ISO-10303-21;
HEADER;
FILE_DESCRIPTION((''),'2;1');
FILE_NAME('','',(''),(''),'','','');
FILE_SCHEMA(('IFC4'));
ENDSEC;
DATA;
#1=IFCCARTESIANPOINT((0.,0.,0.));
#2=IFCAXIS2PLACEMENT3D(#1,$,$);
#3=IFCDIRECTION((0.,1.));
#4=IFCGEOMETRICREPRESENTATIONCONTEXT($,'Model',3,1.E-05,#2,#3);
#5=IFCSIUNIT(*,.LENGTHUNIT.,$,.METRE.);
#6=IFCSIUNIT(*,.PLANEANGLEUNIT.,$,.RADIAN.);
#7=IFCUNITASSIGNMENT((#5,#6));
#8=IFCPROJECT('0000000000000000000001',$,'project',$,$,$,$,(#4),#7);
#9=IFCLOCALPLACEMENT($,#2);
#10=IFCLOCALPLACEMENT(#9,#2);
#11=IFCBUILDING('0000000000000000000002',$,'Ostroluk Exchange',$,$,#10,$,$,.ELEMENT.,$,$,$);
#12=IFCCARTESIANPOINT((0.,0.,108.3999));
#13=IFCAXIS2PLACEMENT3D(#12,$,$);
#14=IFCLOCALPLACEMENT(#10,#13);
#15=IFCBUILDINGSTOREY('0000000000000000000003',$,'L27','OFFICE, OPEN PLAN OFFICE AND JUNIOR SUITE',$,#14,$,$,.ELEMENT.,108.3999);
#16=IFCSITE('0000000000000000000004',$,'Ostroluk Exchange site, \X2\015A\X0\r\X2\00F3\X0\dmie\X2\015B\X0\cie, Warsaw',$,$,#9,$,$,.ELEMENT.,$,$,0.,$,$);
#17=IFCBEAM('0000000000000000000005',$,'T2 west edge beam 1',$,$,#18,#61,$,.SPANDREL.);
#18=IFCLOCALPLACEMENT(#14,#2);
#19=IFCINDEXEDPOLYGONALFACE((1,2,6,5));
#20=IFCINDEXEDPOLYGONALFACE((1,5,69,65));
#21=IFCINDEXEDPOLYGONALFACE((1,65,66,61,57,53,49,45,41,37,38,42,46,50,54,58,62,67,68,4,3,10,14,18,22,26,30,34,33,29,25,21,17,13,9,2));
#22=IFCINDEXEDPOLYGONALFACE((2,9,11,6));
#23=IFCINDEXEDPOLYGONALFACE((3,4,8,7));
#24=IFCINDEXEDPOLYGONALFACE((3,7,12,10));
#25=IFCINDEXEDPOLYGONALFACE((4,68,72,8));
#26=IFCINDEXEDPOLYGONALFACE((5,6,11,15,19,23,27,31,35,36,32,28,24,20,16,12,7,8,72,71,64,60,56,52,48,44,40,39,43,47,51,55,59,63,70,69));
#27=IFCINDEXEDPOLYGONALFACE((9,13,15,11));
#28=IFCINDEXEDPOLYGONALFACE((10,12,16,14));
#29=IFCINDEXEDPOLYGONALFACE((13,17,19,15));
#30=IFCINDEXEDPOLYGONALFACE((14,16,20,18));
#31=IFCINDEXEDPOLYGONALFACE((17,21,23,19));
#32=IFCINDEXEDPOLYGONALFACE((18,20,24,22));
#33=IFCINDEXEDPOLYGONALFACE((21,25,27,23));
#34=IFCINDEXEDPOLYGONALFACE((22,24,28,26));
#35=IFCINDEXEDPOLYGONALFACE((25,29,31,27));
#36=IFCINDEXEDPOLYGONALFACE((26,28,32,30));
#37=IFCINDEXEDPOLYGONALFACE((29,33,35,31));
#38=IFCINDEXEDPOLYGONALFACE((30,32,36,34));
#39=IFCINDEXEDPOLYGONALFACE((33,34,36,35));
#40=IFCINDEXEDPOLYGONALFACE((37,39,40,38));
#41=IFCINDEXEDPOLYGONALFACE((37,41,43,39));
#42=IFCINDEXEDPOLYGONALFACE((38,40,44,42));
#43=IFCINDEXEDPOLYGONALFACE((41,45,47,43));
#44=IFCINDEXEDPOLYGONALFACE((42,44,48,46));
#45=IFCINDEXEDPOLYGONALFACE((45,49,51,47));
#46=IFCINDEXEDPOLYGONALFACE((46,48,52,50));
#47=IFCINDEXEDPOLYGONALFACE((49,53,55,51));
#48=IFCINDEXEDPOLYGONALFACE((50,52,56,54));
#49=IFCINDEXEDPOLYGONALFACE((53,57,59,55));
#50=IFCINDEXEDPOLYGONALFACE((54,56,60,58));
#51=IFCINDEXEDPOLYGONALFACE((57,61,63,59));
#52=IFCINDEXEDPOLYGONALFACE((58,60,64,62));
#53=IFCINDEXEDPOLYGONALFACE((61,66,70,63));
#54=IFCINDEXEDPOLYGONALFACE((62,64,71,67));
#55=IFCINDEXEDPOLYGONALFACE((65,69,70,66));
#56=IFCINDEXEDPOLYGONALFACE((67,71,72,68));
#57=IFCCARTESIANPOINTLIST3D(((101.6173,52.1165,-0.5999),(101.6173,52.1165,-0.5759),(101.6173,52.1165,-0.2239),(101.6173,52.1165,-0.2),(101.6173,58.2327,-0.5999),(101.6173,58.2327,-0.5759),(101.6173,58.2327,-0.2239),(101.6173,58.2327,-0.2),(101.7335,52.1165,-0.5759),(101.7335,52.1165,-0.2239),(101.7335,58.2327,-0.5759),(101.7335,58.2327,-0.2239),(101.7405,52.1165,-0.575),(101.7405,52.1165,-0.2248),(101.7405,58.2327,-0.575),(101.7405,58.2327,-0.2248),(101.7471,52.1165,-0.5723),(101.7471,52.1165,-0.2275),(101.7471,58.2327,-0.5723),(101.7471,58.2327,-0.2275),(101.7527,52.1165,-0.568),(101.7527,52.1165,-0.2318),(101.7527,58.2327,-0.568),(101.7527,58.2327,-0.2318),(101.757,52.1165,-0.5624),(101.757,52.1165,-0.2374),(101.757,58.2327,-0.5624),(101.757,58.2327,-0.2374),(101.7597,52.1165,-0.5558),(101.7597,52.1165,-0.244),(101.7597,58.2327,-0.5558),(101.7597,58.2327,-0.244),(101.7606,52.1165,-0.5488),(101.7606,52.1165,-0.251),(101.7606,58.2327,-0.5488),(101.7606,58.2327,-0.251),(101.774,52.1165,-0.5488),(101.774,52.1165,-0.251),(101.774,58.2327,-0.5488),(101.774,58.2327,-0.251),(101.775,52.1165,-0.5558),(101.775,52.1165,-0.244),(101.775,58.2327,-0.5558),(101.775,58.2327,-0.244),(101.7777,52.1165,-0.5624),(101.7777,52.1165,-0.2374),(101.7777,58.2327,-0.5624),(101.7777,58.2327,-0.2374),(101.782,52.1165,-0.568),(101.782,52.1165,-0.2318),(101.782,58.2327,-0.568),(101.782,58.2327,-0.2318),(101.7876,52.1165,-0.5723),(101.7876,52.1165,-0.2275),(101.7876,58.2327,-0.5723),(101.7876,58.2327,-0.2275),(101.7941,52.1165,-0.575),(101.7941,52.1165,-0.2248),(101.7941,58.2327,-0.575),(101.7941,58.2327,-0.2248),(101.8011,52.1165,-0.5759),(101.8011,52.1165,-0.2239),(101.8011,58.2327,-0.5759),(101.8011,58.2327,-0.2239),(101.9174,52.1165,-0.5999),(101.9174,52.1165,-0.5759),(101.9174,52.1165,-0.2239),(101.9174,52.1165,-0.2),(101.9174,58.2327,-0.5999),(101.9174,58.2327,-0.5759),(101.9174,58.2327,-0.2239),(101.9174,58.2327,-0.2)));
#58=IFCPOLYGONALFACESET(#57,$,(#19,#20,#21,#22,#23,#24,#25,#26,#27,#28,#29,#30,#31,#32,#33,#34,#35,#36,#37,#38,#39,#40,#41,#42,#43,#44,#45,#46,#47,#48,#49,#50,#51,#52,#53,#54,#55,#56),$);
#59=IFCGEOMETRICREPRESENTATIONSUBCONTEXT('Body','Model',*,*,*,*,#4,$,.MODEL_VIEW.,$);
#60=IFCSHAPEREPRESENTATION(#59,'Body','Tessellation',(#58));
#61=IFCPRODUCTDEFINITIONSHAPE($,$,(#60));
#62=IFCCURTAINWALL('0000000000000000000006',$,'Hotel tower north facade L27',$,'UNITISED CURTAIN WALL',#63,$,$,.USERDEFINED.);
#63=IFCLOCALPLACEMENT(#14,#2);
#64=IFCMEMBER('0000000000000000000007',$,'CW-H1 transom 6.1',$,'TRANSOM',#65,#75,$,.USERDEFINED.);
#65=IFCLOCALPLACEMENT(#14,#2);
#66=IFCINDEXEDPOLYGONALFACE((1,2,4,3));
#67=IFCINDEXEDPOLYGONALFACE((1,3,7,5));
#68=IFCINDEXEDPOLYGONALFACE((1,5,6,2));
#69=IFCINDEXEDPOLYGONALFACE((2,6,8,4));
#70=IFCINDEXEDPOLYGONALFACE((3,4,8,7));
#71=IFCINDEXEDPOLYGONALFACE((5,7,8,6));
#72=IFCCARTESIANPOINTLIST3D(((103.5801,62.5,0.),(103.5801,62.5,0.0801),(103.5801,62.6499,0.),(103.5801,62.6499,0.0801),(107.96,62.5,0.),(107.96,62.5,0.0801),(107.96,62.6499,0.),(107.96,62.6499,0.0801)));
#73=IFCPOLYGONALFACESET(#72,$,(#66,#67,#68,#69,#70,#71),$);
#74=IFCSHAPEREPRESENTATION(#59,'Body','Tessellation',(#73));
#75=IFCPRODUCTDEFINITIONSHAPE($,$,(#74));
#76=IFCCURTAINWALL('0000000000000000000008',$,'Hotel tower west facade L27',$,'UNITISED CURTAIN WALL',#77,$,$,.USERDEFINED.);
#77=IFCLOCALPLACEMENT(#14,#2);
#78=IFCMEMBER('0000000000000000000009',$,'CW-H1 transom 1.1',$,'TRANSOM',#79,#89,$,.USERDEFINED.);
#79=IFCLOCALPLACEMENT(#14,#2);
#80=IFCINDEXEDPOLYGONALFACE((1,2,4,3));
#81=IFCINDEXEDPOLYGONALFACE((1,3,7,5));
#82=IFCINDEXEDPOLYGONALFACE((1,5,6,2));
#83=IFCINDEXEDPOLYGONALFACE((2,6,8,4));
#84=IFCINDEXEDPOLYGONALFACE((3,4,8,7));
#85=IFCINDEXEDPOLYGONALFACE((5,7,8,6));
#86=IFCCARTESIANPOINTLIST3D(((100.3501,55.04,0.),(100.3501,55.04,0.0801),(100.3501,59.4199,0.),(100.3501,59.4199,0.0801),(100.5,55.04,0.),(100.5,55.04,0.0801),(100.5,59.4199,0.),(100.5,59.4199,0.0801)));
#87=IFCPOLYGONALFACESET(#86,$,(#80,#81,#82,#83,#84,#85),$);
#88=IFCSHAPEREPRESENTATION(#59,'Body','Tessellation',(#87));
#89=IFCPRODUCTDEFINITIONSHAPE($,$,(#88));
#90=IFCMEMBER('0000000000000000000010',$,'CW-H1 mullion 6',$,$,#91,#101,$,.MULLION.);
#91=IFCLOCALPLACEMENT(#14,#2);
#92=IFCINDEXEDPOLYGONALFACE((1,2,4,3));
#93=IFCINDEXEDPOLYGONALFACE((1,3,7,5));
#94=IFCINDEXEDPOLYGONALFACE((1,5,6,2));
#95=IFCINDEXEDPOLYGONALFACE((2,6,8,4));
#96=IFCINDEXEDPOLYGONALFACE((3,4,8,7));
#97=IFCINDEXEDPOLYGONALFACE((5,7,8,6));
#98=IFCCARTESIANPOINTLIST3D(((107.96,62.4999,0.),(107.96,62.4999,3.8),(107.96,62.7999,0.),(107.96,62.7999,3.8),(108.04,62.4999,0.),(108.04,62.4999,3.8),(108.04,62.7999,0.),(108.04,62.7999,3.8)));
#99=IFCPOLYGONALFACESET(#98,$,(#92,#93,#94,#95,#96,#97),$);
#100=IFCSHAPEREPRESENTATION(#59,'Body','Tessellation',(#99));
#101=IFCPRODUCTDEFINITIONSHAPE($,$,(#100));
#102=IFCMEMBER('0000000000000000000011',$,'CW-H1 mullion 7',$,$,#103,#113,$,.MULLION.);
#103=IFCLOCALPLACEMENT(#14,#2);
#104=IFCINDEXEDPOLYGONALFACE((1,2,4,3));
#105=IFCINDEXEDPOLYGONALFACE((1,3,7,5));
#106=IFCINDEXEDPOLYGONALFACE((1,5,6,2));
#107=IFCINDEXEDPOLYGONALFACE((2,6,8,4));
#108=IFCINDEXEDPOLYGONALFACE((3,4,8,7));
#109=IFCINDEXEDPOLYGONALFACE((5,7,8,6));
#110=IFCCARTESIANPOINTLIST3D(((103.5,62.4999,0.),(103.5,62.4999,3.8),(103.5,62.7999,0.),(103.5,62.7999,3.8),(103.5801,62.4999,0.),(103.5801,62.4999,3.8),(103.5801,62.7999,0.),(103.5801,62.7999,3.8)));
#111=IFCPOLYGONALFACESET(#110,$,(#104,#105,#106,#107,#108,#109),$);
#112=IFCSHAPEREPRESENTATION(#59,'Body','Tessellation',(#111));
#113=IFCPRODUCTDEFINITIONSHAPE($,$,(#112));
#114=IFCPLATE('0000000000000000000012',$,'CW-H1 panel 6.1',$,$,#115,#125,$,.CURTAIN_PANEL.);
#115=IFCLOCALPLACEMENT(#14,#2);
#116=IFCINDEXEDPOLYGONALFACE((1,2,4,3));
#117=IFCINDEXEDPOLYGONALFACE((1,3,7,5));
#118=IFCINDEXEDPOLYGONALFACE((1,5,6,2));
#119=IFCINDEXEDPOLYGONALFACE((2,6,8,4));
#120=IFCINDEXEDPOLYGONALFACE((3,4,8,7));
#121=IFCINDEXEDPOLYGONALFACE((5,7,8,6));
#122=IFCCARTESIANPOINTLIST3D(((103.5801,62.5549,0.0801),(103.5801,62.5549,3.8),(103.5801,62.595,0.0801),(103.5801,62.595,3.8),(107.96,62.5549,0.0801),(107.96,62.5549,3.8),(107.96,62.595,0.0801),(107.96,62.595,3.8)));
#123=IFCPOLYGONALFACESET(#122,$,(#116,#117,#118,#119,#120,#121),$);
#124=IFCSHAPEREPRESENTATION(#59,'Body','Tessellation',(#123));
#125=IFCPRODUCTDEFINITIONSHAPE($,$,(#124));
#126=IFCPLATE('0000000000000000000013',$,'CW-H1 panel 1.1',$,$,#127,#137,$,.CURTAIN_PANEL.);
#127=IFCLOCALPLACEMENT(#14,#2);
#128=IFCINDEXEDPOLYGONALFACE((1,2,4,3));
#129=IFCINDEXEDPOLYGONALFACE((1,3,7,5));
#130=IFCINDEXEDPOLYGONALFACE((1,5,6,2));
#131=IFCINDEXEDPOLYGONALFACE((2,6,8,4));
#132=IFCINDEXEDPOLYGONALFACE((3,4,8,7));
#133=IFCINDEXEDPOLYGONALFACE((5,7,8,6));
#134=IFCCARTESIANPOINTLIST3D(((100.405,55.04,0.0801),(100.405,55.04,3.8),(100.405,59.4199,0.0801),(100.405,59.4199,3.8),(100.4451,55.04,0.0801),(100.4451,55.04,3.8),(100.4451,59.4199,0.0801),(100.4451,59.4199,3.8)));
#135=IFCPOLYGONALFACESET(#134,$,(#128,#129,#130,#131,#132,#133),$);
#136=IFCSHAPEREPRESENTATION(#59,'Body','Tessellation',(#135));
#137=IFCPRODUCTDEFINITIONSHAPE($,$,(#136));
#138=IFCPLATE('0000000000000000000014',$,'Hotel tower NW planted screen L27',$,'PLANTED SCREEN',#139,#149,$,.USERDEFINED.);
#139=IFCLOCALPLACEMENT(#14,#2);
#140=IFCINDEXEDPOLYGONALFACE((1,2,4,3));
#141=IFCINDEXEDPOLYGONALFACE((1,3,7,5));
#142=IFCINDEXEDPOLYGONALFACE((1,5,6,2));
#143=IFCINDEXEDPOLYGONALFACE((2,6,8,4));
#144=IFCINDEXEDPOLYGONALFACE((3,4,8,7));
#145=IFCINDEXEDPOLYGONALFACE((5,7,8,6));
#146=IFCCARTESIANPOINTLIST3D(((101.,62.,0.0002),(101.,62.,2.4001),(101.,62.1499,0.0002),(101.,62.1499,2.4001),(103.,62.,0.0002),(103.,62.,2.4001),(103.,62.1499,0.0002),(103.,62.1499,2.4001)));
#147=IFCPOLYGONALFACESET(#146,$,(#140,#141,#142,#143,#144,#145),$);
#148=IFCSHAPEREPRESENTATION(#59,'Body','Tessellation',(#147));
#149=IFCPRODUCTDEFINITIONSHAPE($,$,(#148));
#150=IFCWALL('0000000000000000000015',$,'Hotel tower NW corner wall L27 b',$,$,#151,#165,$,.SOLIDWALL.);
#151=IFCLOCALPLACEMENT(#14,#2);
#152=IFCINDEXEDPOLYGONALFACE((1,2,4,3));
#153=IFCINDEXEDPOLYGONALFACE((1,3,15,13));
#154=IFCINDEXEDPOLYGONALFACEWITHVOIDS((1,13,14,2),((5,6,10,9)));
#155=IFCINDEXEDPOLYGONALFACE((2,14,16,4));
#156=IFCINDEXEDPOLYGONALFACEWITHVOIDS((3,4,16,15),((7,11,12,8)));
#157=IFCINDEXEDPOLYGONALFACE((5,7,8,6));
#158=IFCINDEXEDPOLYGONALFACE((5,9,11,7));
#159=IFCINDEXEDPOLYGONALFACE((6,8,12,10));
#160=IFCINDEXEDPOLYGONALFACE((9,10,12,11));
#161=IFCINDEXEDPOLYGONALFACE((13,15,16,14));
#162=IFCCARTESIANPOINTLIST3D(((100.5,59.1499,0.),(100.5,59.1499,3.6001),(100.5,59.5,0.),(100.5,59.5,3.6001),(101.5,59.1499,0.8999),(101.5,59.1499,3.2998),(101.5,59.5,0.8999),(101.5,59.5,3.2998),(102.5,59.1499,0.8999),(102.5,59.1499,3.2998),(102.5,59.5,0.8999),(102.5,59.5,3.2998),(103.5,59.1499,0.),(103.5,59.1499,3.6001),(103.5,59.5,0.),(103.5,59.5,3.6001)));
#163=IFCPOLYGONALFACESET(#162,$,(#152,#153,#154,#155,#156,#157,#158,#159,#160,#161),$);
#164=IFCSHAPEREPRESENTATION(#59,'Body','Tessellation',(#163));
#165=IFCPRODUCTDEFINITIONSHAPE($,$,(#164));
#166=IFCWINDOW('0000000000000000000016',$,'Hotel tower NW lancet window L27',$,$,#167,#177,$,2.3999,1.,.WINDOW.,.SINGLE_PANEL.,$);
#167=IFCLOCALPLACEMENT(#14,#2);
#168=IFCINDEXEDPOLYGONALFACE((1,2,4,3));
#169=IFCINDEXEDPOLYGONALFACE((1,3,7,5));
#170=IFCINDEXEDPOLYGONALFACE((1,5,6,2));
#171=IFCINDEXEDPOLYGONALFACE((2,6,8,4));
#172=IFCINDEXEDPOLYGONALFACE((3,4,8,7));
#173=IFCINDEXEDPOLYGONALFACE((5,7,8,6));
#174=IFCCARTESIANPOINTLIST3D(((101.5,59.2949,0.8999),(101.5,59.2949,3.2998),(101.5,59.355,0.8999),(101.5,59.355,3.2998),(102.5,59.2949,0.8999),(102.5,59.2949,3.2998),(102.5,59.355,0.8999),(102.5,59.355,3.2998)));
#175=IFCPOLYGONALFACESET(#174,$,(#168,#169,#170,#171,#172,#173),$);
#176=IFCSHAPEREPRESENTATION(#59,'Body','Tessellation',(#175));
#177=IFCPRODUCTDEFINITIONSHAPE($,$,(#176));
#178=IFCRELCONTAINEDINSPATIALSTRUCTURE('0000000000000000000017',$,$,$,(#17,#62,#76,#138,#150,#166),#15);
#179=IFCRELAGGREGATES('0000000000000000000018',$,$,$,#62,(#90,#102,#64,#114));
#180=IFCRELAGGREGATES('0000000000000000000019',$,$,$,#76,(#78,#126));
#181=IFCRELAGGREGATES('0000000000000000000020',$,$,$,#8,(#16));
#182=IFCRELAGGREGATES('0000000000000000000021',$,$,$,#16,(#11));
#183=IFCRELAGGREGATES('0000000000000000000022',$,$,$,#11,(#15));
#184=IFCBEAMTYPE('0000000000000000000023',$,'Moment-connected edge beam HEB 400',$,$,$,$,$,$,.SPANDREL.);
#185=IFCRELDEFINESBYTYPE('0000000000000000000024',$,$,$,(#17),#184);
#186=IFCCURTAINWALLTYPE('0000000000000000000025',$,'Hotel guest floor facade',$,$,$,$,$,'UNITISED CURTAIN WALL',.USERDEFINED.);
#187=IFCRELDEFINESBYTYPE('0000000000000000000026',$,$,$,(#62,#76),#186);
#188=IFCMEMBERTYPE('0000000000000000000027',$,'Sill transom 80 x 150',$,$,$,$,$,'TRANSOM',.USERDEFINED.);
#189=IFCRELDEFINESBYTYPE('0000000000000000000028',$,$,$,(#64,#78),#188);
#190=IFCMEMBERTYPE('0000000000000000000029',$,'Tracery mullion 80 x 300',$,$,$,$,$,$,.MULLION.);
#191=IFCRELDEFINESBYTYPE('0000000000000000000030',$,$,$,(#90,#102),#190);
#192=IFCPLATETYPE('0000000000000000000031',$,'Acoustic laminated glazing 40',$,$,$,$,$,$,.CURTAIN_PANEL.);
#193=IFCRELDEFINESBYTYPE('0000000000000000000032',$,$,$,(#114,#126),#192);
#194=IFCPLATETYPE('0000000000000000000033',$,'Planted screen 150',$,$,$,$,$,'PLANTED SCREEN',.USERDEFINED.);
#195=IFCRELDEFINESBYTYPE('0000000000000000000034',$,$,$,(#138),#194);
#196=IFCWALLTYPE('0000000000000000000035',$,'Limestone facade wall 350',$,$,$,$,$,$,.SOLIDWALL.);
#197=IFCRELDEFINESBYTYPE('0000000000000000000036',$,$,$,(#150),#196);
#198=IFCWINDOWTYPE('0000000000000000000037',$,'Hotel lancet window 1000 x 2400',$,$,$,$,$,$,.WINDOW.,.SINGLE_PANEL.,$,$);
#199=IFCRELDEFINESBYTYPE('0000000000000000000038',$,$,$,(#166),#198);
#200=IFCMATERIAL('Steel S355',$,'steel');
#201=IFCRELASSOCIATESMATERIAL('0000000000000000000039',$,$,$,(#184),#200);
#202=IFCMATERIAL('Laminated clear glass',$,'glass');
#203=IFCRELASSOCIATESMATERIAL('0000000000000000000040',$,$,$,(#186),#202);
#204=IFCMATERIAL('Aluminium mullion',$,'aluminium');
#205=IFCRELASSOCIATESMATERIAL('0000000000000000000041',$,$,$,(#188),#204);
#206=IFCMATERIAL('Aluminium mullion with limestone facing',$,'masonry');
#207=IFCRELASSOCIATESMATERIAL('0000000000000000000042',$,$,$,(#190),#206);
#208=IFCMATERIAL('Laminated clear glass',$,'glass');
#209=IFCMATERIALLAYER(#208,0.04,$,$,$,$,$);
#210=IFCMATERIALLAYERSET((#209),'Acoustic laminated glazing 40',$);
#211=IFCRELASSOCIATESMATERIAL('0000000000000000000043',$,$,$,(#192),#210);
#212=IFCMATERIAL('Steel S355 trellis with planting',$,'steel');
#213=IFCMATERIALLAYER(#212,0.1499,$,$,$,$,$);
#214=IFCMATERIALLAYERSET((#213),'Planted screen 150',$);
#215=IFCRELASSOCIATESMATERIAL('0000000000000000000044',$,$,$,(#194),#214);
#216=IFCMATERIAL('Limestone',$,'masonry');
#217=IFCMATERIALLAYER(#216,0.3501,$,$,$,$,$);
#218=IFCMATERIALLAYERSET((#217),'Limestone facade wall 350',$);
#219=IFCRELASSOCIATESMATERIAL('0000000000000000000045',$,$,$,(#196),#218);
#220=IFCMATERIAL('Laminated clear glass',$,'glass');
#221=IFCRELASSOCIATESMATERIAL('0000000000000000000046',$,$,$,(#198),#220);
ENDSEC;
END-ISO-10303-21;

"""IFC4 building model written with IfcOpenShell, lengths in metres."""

from ifc_helpers import new_model, si_unit, direction, frame, frame_2d, origin, origin_2d, place, context, subcontext, project, spatial, rectangle, i_section, extrude, material, layer, layer_set, material_profile, profile_set, type_object, element, fill, aggregate, save


model = new_model("IFC4")

# Units and contexts
model_context = context("Model", 3, precision=1e-05, world=origin(), true_north=direction((0.0, 1.0)))
body_context = subcontext(model_context, "Body", "Model", "MODEL_VIEW")
ifc_project = project(units=[si_unit("LENGTHUNIT", "METRE"), si_unit("PLANEANGLEUNIT", "RADIAN")], contexts=[model_context])

# Site, building, storey
site_placement = place(None, origin())
site = spatial("IfcSite", under=ifc_project, at=site_placement, Name="Ostroluk Exchange site, Śródmieście, Warsaw", CompositionType="ELEMENT", RefElevation=0.0)
building_placement = place(site_placement, origin())
building = spatial("IfcBuilding", under=site, at=building_placement, Name="Ostroluk Exchange", CompositionType="ELEMENT")
storey_placement = place(building_placement, frame((0.0, 0.0, 108.3999)))
storey = spatial("IfcBuildingStorey", under=building, at=storey_placement, Name="L27", Description="OFFICE, OPEN PLAN OFFICE AND JUNIOR SUITE", CompositionType="ELEMENT", Elevation=108.3999)

# Beam
ifc_material_1 = material(Name="Steel S355", Category="steel")
ifc_material_profile_1 = material_profile(ifc_material_1, i_section(OverallWidth=0.3, OverallDepth=0.3999, WebThickness=0.0134, FlangeThickness=0.0239, FilletRadius=0.0271, at=origin_2d()), Name="HEB 400")
ifc_profile_set_1 = profile_set([ifc_material_profile_1], Name="Steel S355")
beam_type_1 = type_object("IfcBeamType", Name="Moment-connected edge beam HEB 400", PredefinedType="SPANDREL", material=ifc_profile_set_1)
beam_1_placement = place(storey_placement, frame((101.7673, 58.2327, -0.3999), z_axis=(0.0, -1.0, 0.0), x_axis=(1.0, 0.0, 0.0)))
element("IfcBeam", 1, at=beam_1_placement, inside=storey, type_object=beam_type_1, Name="T2 west edge beam 1", PredefinedType="SPANDREL", context=body_context, shape_type="SweptSolid", body=[
    extrude(i_section(OverallWidth=0.3, OverallDepth=0.3999, WebThickness=0.0134, FlangeThickness=0.0239, FilletRadius=0.0271, at=origin_2d()), origin(), (0.0, 0.0, 1.0), 6.1162),
])

# Curtain walls, members
ifc_material_2 = material(Name="Laminated clear glass", Category="glass")
curtain_wall_type = type_object("IfcCurtainWallType", Name="Hotel guest floor facade", ElementType="UNITISED CURTAIN WALL", PredefinedType="USERDEFINED", material=ifc_material_2)
curtain_wall_1_placement = place(storey_placement, origin())
curtain_wall_1 = element("IfcCurtainWall", 2, at=curtain_wall_1_placement, inside=storey, type_object=curtain_wall_type, Name="Hotel tower north facade L27", ObjectType="UNITISED CURTAIN WALL", PredefinedType="USERDEFINED")
ifc_material_3 = material(Name="Aluminium mullion", Category="aluminium")
ifc_material_profile_2 = material_profile(ifc_material_3, rectangle(XDim=0.1499, YDim=0.0801, at=origin_2d()), Name="Sill transom 80 x 150")
ifc_profile_set_2 = profile_set([ifc_material_profile_2], Name="Aluminium mullion")
member_type_1 = type_object("IfcMemberType", Name="Sill transom 80 x 150", ElementType="TRANSOM", PredefinedType="USERDEFINED", material=ifc_profile_set_2)
member_1_placement = place(storey_placement, frame((107.96, 62.575, 0.04), z_axis=(-1.0, 0.0, 0.0), x_axis=(0.0, -1.0, 0.0)))
member_1 = element("IfcMember", 3, at=member_1_placement, type_object=member_type_1, Name="CW-H1 transom 6.1", ObjectType="TRANSOM", PredefinedType="USERDEFINED", context=body_context, shape_type="SweptSolid", body=[
    extrude(rectangle(XDim=0.1499, YDim=0.0801, at=origin_2d()), origin(), (0.0, 0.0, 1.0), 4.3799),
])
curtain_wall_2_placement = place(storey_placement, origin())
curtain_wall_2 = element("IfcCurtainWall", 4, at=curtain_wall_2_placement, inside=storey, type_object=curtain_wall_type, Name="Hotel tower west facade L27", ObjectType="UNITISED CURTAIN WALL", PredefinedType="USERDEFINED")
member_2_placement = place(storey_placement, frame((100.425, 59.4199, 0.04), z_axis=(0.0, -1.0, 0.0), x_axis=(1.0, 0.0, 0.0)))
member_2 = element("IfcMember", 5, at=member_2_placement, type_object=member_type_1, Name="CW-H1 transom 1.1", ObjectType="TRANSOM", PredefinedType="USERDEFINED", context=body_context, shape_type="SweptSolid", body=[
    extrude(rectangle(XDim=0.1499, YDim=0.0801, at=origin_2d()), origin(), (0.0, 0.0, 1.0), 4.3799),
])

# Members
ifc_material_4 = material(Name="Aluminium mullion with limestone facing", Category="masonry")
ifc_material_profile_3 = material_profile(ifc_material_4, rectangle(XDim=0.3, YDim=0.0801, at=origin_2d()), Name="Tracery mullion 80 x 300")
ifc_profile_set_3 = profile_set([ifc_material_profile_3], Name="Aluminium mullion with limestone facing")
member_type_2 = type_object("IfcMemberType", Name="Tracery mullion 80 x 300", PredefinedType="MULLION", material=ifc_profile_set_3)
member_3_placement = place(storey_placement, frame((108.0, 62.6499, 0.0), z_axis=(0.0, 0.0, 1.0), x_axis=(0.0, -1.0, 0.0)))
member_3 = element("IfcMember", 6, at=member_3_placement, type_object=member_type_2, Name="CW-H1 mullion 6", PredefinedType="MULLION", context=body_context, shape_type="SweptSolid", body=[
    extrude(rectangle(XDim=0.3, YDim=0.0801, at=origin_2d()), origin(), (0.0, 0.0, 1.0), 3.8),
])
member_4_placement = place(storey_placement, frame((103.54, 62.6499, 0.0), z_axis=(0.0, 0.0, 1.0), x_axis=(0.0, -1.0, 0.0)))
member_4 = element("IfcMember", 7, at=member_4_placement, type_object=member_type_2, Name="CW-H1 mullion 7", PredefinedType="MULLION", context=body_context, shape_type="SweptSolid", body=[
    extrude(rectangle(XDim=0.3, YDim=0.0801, at=origin_2d()), origin(), (0.0, 0.0, 1.0), 3.8),
])

# Plates
ifc_material_5 = material(Name="Laminated clear glass", Category="glass")
ifc_layer_1 = layer(ifc_material_5, 0.04)
ifc_layer_set_1 = layer_set([ifc_layer_1], Name="Acoustic laminated glazing 40")
plate_type_1 = type_object("IfcPlateType", Name="Acoustic laminated glazing 40", PredefinedType="CURTAIN_PANEL", material=ifc_layer_set_1)
plate_1_placement = place(storey_placement, frame((105.77, 62.575, 0.0801), z_axis=(0.0, 0.0, 1.0), x_axis=(-1.0, 0.0, 0.0)))
plate_1 = element("IfcPlate", 8, at=plate_1_placement, type_object=plate_type_1, Name="CW-H1 panel 6.1", PredefinedType="CURTAIN_PANEL", context=body_context, shape_type="SweptSolid", body=[
    extrude(rectangle(XDim=4.3799, YDim=0.04, at=origin_2d()), origin(), (0.0, 0.0, 1.0), 3.72),
])
aggregate(curtain_wall_1, [member_3, member_4, member_1, plate_1])
plate_2_placement = place(storey_placement, frame((100.425, 57.23, 0.0801), z_axis=(0.0, 0.0, 1.0), x_axis=(0.0, -1.0, 0.0)))
plate_2 = element("IfcPlate", 9, at=plate_2_placement, type_object=plate_type_1, Name="CW-H1 panel 1.1", PredefinedType="CURTAIN_PANEL", context=body_context, shape_type="SweptSolid", body=[
    extrude(rectangle(XDim=4.3799, YDim=0.04, at=origin_2d()), origin(), (0.0, 0.0, 1.0), 3.72),
])
aggregate(curtain_wall_2, [member_2, plate_2])
ifc_material_6 = material(Name="Steel S355 trellis with planting", Category="steel")
ifc_layer_2 = layer(ifc_material_6, 0.1499)
ifc_layer_set_2 = layer_set([ifc_layer_2], Name="Planted screen 150")
plate_type_2 = type_object("IfcPlateType", Name="Planted screen 150", ElementType="PLANTED SCREEN", PredefinedType="USERDEFINED", material=ifc_layer_set_2)
plate_3_placement = place(storey_placement, frame((102.0, 62.075, 0.0002), z_axis=(0.0, 0.0, 1.0), x_axis=(1.0, 0.0, 0.0)))
element("IfcPlate", 10, at=plate_3_placement, inside=storey, type_object=plate_type_2, Name="Hotel tower NW planted screen L27", ObjectType="PLANTED SCREEN", PredefinedType="USERDEFINED", context=body_context, shape_type="SweptSolid", body=[
    extrude(rectangle(XDim=2.0, YDim=0.1499, at=origin_2d()), origin(), (0.0, 0.0, 1.0), 2.3999),
])

# Shared definitions
ifc_material_7 = material(Name="Limestone", Category="masonry")
ifc_layer_3 = layer(ifc_material_7, 0.3501)
ifc_layer_set_3 = layer_set([ifc_layer_3], Name="Limestone facade wall 350")
wall_type_1 = type_object("IfcWallType", Name="Limestone facade wall 350", PredefinedType="SOLIDWALL", material=ifc_layer_set_3)

# Wall, opening, window
wall_1_placement = place(storey_placement, frame((103.5, 59.325, 0.0), z_axis=(0.0, 0.0, 1.0), x_axis=(-1.0, 0.0, 0.0)))
wall_1 = element("IfcWall", 11, at=wall_1_placement, inside=storey, type_object=wall_type_1, Name="Hotel tower NW corner wall L27 b", PredefinedType="SOLIDWALL", context=body_context, shape_type="SweptSolid", body=[
    extrude(rectangle(XDim=3.0, YDim=0.3501, at=frame_2d((1.5, 0.0))), origin(), (0.0, 0.0, 1.0), 3.6001),
])
opening_1_placement = place(wall_1_placement, frame((1.0, 0.0, 0.8999)))
opening_1 = element("IfcOpeningElement", 12, at=opening_1_placement, cuts=wall_1, PredefinedType="OPENING", context=body_context, shape_type="SweptSolid", body=[
    extrude(rectangle(XDim=1.0, YDim=2.3999, at=frame_2d((0.5, 1.2))), frame((0.0, 0.1851, 0.0), z_axis=(0.0, -1.0, 0.0), x_axis=(1.0, 0.0, 0.0)), (0.0, 0.0, 1.0), 0.3701),
])
ifc_material_8 = material(Name="Laminated clear glass", Category="glass")
window_type = type_object("IfcWindowType", Name="Hotel lancet window 1000 x 2400", PartitioningType="SINGLE_PANEL", PredefinedType="WINDOW", material=ifc_material_8)
window_placement = place(opening_1_placement, origin())
window = element("IfcWindow", 13, at=window_placement, inside=storey, type_object=window_type, Name="Hotel tower NW lancet window L27", OverallHeight=2.3999, OverallWidth=1.0, PartitioningType="SINGLE_PANEL", PredefinedType="WINDOW", context=body_context, shape_type="SweptSolid", body=[
    extrude(rectangle(XDim=1.0, YDim=2.3999, at=frame_2d((0.5, 1.2))), frame((0.0, 0.03, 0.0), z_axis=(0.0, -1.0, 0.0), x_axis=(1.0, 0.0, 0.0)), (0.0, 0.0, 1.0), 0.0601),
])
fill(opening_1, window)

save(model, "model.ifc")
